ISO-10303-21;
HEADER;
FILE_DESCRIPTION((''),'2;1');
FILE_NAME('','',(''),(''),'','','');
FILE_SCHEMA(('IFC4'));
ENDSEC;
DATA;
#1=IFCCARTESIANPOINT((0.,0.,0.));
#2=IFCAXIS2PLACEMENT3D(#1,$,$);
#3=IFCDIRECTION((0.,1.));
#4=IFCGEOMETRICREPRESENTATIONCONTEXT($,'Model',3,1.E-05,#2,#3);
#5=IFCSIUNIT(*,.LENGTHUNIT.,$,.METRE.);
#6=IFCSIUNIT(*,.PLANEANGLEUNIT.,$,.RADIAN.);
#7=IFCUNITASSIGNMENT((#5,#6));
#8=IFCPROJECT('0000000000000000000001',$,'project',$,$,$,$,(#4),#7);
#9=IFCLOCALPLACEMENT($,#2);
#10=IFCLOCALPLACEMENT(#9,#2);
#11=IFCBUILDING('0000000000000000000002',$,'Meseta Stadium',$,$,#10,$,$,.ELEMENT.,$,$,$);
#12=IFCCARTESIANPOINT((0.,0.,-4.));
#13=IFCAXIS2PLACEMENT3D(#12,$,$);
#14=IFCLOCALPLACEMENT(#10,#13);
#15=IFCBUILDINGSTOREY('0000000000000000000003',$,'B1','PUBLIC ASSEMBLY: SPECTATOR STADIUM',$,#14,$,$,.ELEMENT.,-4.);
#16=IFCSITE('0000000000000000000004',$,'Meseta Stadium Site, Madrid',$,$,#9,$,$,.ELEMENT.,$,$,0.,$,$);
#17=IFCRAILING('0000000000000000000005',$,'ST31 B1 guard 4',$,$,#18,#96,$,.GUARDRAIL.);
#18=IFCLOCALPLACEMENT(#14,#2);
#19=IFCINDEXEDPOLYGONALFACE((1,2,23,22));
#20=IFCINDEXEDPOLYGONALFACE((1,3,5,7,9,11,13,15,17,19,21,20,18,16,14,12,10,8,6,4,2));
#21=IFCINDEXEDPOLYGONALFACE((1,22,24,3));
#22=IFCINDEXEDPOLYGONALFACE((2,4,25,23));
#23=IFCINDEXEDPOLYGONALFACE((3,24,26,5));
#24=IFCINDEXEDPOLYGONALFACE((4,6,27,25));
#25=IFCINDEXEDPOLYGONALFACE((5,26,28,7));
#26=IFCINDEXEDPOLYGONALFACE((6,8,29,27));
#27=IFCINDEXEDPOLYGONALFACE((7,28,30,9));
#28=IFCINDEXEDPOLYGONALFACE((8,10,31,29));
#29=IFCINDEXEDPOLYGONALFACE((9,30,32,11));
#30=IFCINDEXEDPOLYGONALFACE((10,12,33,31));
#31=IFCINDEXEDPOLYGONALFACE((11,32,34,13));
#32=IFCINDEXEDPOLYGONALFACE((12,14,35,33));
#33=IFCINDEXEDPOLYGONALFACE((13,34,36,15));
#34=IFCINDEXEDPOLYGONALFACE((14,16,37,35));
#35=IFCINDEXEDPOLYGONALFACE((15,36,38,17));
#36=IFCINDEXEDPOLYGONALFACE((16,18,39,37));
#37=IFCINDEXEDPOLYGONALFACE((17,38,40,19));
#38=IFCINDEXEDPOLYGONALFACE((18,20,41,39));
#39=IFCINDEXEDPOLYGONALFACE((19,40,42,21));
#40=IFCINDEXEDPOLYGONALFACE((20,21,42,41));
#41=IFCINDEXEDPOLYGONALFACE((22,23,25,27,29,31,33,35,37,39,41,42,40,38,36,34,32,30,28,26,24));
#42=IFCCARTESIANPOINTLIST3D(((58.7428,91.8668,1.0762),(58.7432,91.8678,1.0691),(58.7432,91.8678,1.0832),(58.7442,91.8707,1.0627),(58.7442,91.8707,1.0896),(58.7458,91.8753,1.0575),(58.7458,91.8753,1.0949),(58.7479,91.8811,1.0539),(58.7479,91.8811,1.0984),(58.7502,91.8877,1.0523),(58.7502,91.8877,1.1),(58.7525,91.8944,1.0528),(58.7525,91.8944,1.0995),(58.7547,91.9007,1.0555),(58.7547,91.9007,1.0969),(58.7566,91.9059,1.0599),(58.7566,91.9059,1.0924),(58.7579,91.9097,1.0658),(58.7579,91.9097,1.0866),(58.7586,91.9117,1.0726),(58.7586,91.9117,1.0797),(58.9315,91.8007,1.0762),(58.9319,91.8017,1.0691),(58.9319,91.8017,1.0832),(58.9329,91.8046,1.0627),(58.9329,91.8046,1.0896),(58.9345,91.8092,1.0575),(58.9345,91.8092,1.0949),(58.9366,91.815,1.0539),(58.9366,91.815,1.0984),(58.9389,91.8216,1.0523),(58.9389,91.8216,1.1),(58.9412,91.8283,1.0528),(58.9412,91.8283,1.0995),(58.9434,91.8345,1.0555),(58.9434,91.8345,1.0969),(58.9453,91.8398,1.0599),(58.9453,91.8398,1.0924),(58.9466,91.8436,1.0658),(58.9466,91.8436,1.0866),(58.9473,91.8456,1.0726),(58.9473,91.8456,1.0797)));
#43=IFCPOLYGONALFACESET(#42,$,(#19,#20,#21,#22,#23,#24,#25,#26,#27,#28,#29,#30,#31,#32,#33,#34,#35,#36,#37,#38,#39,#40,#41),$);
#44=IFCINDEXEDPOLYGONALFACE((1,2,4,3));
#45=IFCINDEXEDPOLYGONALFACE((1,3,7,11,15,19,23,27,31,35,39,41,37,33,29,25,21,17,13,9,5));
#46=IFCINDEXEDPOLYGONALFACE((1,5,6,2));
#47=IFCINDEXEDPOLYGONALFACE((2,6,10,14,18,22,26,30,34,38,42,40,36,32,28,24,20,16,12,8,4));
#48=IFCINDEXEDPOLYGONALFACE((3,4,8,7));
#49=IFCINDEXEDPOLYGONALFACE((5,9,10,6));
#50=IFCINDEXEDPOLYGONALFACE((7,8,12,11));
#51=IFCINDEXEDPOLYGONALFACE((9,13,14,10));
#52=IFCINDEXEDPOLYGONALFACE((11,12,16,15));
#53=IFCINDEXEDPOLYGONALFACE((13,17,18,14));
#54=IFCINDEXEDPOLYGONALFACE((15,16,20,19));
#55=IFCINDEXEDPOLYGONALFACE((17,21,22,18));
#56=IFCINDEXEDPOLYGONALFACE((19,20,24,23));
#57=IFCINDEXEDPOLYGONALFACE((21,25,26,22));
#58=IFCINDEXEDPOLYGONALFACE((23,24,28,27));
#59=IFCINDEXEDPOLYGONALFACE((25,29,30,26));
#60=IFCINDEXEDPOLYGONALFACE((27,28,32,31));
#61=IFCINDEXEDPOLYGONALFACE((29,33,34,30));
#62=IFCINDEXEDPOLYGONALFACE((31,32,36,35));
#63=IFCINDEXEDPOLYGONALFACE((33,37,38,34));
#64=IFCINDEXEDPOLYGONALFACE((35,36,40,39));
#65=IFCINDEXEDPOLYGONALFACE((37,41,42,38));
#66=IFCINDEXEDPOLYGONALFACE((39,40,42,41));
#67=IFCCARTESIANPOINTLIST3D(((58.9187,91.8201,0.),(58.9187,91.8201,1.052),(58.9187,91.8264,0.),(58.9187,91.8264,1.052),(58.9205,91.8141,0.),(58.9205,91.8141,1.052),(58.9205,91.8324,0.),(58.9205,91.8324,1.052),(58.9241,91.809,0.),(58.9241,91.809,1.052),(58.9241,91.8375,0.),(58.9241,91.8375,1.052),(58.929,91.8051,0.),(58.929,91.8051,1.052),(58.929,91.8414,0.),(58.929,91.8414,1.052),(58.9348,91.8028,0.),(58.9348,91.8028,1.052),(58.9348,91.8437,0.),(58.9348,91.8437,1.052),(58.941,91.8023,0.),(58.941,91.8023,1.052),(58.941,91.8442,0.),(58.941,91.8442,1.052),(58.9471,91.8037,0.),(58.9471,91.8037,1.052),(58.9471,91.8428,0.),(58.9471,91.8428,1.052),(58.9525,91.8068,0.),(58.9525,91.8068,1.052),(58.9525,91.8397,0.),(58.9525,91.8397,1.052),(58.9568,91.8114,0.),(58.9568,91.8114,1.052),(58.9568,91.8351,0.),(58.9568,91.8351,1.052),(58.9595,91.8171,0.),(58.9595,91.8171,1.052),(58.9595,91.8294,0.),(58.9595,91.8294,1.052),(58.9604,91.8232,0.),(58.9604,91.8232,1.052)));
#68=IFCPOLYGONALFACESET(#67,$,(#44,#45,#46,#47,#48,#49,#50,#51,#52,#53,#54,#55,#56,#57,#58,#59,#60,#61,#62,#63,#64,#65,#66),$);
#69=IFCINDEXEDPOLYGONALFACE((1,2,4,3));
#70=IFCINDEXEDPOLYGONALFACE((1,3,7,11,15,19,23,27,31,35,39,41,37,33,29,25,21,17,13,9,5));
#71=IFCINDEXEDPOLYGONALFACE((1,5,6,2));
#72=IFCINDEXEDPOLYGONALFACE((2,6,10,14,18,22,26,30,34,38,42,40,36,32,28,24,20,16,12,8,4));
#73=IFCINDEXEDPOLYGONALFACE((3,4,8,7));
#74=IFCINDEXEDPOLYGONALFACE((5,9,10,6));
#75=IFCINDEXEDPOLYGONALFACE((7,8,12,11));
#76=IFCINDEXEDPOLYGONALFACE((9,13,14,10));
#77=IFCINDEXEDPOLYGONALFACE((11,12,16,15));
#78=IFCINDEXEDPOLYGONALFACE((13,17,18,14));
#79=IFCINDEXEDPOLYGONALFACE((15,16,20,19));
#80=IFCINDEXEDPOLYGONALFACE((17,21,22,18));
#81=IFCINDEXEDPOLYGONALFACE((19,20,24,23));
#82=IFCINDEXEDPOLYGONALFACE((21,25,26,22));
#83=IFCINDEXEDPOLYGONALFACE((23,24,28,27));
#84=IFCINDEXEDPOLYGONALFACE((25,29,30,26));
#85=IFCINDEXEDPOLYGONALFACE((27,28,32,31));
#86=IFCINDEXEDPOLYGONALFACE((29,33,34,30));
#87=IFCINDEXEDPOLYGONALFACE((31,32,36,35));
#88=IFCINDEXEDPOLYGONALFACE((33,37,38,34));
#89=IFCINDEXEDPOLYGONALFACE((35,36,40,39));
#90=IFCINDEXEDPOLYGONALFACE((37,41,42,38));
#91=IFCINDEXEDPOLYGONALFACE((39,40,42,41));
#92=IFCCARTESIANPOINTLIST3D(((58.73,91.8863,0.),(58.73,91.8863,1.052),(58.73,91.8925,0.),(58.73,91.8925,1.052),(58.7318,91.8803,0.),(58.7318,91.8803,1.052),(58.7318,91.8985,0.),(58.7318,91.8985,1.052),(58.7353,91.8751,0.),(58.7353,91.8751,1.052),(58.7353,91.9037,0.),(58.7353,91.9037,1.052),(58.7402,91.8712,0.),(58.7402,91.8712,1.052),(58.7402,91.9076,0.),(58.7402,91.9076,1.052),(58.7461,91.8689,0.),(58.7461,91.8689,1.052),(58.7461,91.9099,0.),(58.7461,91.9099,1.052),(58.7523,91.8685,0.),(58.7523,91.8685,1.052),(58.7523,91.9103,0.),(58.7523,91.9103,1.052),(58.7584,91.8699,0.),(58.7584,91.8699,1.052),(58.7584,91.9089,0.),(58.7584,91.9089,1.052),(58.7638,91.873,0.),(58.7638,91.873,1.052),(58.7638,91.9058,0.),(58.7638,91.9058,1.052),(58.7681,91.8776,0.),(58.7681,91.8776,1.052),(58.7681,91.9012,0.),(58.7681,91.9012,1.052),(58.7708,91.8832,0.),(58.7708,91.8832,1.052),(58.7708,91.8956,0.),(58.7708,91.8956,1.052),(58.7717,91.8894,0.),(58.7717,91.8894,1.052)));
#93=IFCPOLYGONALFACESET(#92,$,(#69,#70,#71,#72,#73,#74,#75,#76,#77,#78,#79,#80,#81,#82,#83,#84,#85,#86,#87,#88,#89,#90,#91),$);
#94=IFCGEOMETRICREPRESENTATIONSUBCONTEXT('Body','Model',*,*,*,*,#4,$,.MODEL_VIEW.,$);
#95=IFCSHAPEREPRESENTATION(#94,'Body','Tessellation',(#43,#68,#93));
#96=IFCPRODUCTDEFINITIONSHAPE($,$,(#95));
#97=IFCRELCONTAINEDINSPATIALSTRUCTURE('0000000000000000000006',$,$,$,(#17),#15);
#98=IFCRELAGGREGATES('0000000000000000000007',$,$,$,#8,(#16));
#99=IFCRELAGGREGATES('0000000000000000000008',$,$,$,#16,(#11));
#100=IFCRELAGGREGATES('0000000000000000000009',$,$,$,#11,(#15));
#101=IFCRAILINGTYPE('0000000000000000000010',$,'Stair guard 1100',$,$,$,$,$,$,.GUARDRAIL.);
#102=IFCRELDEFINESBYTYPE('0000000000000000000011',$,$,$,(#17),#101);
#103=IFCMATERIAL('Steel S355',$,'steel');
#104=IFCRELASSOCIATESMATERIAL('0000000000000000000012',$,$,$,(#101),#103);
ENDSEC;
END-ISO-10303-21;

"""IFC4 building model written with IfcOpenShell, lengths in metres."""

from ifc_helpers import new_model, si_unit, direction, frame, origin, origin_2d, place, context, subcontext, project, spatial, circle, extrude, material, type_object, element, save


model = new_model("IFC4")

# Units and contexts
model_context = context("Model", 3, precision=1e-05, world=origin(), true_north=direction((0.0, 1.0)))
body_context = subcontext(model_context, "Body", "Model", "MODEL_VIEW")
ifc_project = project(units=[si_unit("LENGTHUNIT", "METRE"), si_unit("PLANEANGLEUNIT", "RADIAN")], contexts=[model_context])

# Site, building, storey
site_placement = place(None, origin())
site = spatial("IfcSite", under=ifc_project, at=site_placement, Name="Meseta Stadium Site, Madrid", CompositionType="ELEMENT", RefElevation=0.0)
building_placement = place(site_placement, origin())
building = spatial("IfcBuilding", under=site, at=building_placement, Name="Meseta Stadium", CompositionType="ELEMENT")
storey_placement = place(building_placement, frame((0.0, 0.0, -4.0)))
storey = spatial("IfcBuildingStorey", under=building, at=storey_placement, Name="B1", Description="PUBLIC ASSEMBLY: SPECTATOR STADIUM", CompositionType="ELEMENT", Elevation=-4.0)

# Railing
ifc_material_1 = material(Name="Steel S355", Category="steel")
railing_type_1 = type_object("IfcRailingType", Name="Stair guard 1100", PredefinedType="GUARDRAIL", material=ifc_material_1)
railing_1_placement = place(storey_placement, frame((58.9395, 91.8232, 0.0)))
element("IfcRailing", 1, at=railing_1_placement, inside=storey, type_object=railing_type_1, Name="ST31 B1 guard 4", PredefinedType="GUARDRAIL", context=body_context, shape_type="SweptSolid", body=[
    extrude(circle(Radius=0.0239, at=origin_2d()), frame((0.0, 0.0, 1.0762), z_axis=(-0.943687, 0.33084, 0.0), x_axis=(-0.33084, -0.943687, 0.0)), (0.0, 0.0, 1.0), 0.2),
    extrude(circle(Radius=0.021, at=origin_2d()), origin(), (0.0, 0.0, 1.0), 1.052),
    extrude(circle(Radius=0.021, at=origin_2d()), frame((-0.1887, 0.0662, 0.0)), (0.0, 0.0, 1.0), 1.052),
])

save(model, "model.ifc")
